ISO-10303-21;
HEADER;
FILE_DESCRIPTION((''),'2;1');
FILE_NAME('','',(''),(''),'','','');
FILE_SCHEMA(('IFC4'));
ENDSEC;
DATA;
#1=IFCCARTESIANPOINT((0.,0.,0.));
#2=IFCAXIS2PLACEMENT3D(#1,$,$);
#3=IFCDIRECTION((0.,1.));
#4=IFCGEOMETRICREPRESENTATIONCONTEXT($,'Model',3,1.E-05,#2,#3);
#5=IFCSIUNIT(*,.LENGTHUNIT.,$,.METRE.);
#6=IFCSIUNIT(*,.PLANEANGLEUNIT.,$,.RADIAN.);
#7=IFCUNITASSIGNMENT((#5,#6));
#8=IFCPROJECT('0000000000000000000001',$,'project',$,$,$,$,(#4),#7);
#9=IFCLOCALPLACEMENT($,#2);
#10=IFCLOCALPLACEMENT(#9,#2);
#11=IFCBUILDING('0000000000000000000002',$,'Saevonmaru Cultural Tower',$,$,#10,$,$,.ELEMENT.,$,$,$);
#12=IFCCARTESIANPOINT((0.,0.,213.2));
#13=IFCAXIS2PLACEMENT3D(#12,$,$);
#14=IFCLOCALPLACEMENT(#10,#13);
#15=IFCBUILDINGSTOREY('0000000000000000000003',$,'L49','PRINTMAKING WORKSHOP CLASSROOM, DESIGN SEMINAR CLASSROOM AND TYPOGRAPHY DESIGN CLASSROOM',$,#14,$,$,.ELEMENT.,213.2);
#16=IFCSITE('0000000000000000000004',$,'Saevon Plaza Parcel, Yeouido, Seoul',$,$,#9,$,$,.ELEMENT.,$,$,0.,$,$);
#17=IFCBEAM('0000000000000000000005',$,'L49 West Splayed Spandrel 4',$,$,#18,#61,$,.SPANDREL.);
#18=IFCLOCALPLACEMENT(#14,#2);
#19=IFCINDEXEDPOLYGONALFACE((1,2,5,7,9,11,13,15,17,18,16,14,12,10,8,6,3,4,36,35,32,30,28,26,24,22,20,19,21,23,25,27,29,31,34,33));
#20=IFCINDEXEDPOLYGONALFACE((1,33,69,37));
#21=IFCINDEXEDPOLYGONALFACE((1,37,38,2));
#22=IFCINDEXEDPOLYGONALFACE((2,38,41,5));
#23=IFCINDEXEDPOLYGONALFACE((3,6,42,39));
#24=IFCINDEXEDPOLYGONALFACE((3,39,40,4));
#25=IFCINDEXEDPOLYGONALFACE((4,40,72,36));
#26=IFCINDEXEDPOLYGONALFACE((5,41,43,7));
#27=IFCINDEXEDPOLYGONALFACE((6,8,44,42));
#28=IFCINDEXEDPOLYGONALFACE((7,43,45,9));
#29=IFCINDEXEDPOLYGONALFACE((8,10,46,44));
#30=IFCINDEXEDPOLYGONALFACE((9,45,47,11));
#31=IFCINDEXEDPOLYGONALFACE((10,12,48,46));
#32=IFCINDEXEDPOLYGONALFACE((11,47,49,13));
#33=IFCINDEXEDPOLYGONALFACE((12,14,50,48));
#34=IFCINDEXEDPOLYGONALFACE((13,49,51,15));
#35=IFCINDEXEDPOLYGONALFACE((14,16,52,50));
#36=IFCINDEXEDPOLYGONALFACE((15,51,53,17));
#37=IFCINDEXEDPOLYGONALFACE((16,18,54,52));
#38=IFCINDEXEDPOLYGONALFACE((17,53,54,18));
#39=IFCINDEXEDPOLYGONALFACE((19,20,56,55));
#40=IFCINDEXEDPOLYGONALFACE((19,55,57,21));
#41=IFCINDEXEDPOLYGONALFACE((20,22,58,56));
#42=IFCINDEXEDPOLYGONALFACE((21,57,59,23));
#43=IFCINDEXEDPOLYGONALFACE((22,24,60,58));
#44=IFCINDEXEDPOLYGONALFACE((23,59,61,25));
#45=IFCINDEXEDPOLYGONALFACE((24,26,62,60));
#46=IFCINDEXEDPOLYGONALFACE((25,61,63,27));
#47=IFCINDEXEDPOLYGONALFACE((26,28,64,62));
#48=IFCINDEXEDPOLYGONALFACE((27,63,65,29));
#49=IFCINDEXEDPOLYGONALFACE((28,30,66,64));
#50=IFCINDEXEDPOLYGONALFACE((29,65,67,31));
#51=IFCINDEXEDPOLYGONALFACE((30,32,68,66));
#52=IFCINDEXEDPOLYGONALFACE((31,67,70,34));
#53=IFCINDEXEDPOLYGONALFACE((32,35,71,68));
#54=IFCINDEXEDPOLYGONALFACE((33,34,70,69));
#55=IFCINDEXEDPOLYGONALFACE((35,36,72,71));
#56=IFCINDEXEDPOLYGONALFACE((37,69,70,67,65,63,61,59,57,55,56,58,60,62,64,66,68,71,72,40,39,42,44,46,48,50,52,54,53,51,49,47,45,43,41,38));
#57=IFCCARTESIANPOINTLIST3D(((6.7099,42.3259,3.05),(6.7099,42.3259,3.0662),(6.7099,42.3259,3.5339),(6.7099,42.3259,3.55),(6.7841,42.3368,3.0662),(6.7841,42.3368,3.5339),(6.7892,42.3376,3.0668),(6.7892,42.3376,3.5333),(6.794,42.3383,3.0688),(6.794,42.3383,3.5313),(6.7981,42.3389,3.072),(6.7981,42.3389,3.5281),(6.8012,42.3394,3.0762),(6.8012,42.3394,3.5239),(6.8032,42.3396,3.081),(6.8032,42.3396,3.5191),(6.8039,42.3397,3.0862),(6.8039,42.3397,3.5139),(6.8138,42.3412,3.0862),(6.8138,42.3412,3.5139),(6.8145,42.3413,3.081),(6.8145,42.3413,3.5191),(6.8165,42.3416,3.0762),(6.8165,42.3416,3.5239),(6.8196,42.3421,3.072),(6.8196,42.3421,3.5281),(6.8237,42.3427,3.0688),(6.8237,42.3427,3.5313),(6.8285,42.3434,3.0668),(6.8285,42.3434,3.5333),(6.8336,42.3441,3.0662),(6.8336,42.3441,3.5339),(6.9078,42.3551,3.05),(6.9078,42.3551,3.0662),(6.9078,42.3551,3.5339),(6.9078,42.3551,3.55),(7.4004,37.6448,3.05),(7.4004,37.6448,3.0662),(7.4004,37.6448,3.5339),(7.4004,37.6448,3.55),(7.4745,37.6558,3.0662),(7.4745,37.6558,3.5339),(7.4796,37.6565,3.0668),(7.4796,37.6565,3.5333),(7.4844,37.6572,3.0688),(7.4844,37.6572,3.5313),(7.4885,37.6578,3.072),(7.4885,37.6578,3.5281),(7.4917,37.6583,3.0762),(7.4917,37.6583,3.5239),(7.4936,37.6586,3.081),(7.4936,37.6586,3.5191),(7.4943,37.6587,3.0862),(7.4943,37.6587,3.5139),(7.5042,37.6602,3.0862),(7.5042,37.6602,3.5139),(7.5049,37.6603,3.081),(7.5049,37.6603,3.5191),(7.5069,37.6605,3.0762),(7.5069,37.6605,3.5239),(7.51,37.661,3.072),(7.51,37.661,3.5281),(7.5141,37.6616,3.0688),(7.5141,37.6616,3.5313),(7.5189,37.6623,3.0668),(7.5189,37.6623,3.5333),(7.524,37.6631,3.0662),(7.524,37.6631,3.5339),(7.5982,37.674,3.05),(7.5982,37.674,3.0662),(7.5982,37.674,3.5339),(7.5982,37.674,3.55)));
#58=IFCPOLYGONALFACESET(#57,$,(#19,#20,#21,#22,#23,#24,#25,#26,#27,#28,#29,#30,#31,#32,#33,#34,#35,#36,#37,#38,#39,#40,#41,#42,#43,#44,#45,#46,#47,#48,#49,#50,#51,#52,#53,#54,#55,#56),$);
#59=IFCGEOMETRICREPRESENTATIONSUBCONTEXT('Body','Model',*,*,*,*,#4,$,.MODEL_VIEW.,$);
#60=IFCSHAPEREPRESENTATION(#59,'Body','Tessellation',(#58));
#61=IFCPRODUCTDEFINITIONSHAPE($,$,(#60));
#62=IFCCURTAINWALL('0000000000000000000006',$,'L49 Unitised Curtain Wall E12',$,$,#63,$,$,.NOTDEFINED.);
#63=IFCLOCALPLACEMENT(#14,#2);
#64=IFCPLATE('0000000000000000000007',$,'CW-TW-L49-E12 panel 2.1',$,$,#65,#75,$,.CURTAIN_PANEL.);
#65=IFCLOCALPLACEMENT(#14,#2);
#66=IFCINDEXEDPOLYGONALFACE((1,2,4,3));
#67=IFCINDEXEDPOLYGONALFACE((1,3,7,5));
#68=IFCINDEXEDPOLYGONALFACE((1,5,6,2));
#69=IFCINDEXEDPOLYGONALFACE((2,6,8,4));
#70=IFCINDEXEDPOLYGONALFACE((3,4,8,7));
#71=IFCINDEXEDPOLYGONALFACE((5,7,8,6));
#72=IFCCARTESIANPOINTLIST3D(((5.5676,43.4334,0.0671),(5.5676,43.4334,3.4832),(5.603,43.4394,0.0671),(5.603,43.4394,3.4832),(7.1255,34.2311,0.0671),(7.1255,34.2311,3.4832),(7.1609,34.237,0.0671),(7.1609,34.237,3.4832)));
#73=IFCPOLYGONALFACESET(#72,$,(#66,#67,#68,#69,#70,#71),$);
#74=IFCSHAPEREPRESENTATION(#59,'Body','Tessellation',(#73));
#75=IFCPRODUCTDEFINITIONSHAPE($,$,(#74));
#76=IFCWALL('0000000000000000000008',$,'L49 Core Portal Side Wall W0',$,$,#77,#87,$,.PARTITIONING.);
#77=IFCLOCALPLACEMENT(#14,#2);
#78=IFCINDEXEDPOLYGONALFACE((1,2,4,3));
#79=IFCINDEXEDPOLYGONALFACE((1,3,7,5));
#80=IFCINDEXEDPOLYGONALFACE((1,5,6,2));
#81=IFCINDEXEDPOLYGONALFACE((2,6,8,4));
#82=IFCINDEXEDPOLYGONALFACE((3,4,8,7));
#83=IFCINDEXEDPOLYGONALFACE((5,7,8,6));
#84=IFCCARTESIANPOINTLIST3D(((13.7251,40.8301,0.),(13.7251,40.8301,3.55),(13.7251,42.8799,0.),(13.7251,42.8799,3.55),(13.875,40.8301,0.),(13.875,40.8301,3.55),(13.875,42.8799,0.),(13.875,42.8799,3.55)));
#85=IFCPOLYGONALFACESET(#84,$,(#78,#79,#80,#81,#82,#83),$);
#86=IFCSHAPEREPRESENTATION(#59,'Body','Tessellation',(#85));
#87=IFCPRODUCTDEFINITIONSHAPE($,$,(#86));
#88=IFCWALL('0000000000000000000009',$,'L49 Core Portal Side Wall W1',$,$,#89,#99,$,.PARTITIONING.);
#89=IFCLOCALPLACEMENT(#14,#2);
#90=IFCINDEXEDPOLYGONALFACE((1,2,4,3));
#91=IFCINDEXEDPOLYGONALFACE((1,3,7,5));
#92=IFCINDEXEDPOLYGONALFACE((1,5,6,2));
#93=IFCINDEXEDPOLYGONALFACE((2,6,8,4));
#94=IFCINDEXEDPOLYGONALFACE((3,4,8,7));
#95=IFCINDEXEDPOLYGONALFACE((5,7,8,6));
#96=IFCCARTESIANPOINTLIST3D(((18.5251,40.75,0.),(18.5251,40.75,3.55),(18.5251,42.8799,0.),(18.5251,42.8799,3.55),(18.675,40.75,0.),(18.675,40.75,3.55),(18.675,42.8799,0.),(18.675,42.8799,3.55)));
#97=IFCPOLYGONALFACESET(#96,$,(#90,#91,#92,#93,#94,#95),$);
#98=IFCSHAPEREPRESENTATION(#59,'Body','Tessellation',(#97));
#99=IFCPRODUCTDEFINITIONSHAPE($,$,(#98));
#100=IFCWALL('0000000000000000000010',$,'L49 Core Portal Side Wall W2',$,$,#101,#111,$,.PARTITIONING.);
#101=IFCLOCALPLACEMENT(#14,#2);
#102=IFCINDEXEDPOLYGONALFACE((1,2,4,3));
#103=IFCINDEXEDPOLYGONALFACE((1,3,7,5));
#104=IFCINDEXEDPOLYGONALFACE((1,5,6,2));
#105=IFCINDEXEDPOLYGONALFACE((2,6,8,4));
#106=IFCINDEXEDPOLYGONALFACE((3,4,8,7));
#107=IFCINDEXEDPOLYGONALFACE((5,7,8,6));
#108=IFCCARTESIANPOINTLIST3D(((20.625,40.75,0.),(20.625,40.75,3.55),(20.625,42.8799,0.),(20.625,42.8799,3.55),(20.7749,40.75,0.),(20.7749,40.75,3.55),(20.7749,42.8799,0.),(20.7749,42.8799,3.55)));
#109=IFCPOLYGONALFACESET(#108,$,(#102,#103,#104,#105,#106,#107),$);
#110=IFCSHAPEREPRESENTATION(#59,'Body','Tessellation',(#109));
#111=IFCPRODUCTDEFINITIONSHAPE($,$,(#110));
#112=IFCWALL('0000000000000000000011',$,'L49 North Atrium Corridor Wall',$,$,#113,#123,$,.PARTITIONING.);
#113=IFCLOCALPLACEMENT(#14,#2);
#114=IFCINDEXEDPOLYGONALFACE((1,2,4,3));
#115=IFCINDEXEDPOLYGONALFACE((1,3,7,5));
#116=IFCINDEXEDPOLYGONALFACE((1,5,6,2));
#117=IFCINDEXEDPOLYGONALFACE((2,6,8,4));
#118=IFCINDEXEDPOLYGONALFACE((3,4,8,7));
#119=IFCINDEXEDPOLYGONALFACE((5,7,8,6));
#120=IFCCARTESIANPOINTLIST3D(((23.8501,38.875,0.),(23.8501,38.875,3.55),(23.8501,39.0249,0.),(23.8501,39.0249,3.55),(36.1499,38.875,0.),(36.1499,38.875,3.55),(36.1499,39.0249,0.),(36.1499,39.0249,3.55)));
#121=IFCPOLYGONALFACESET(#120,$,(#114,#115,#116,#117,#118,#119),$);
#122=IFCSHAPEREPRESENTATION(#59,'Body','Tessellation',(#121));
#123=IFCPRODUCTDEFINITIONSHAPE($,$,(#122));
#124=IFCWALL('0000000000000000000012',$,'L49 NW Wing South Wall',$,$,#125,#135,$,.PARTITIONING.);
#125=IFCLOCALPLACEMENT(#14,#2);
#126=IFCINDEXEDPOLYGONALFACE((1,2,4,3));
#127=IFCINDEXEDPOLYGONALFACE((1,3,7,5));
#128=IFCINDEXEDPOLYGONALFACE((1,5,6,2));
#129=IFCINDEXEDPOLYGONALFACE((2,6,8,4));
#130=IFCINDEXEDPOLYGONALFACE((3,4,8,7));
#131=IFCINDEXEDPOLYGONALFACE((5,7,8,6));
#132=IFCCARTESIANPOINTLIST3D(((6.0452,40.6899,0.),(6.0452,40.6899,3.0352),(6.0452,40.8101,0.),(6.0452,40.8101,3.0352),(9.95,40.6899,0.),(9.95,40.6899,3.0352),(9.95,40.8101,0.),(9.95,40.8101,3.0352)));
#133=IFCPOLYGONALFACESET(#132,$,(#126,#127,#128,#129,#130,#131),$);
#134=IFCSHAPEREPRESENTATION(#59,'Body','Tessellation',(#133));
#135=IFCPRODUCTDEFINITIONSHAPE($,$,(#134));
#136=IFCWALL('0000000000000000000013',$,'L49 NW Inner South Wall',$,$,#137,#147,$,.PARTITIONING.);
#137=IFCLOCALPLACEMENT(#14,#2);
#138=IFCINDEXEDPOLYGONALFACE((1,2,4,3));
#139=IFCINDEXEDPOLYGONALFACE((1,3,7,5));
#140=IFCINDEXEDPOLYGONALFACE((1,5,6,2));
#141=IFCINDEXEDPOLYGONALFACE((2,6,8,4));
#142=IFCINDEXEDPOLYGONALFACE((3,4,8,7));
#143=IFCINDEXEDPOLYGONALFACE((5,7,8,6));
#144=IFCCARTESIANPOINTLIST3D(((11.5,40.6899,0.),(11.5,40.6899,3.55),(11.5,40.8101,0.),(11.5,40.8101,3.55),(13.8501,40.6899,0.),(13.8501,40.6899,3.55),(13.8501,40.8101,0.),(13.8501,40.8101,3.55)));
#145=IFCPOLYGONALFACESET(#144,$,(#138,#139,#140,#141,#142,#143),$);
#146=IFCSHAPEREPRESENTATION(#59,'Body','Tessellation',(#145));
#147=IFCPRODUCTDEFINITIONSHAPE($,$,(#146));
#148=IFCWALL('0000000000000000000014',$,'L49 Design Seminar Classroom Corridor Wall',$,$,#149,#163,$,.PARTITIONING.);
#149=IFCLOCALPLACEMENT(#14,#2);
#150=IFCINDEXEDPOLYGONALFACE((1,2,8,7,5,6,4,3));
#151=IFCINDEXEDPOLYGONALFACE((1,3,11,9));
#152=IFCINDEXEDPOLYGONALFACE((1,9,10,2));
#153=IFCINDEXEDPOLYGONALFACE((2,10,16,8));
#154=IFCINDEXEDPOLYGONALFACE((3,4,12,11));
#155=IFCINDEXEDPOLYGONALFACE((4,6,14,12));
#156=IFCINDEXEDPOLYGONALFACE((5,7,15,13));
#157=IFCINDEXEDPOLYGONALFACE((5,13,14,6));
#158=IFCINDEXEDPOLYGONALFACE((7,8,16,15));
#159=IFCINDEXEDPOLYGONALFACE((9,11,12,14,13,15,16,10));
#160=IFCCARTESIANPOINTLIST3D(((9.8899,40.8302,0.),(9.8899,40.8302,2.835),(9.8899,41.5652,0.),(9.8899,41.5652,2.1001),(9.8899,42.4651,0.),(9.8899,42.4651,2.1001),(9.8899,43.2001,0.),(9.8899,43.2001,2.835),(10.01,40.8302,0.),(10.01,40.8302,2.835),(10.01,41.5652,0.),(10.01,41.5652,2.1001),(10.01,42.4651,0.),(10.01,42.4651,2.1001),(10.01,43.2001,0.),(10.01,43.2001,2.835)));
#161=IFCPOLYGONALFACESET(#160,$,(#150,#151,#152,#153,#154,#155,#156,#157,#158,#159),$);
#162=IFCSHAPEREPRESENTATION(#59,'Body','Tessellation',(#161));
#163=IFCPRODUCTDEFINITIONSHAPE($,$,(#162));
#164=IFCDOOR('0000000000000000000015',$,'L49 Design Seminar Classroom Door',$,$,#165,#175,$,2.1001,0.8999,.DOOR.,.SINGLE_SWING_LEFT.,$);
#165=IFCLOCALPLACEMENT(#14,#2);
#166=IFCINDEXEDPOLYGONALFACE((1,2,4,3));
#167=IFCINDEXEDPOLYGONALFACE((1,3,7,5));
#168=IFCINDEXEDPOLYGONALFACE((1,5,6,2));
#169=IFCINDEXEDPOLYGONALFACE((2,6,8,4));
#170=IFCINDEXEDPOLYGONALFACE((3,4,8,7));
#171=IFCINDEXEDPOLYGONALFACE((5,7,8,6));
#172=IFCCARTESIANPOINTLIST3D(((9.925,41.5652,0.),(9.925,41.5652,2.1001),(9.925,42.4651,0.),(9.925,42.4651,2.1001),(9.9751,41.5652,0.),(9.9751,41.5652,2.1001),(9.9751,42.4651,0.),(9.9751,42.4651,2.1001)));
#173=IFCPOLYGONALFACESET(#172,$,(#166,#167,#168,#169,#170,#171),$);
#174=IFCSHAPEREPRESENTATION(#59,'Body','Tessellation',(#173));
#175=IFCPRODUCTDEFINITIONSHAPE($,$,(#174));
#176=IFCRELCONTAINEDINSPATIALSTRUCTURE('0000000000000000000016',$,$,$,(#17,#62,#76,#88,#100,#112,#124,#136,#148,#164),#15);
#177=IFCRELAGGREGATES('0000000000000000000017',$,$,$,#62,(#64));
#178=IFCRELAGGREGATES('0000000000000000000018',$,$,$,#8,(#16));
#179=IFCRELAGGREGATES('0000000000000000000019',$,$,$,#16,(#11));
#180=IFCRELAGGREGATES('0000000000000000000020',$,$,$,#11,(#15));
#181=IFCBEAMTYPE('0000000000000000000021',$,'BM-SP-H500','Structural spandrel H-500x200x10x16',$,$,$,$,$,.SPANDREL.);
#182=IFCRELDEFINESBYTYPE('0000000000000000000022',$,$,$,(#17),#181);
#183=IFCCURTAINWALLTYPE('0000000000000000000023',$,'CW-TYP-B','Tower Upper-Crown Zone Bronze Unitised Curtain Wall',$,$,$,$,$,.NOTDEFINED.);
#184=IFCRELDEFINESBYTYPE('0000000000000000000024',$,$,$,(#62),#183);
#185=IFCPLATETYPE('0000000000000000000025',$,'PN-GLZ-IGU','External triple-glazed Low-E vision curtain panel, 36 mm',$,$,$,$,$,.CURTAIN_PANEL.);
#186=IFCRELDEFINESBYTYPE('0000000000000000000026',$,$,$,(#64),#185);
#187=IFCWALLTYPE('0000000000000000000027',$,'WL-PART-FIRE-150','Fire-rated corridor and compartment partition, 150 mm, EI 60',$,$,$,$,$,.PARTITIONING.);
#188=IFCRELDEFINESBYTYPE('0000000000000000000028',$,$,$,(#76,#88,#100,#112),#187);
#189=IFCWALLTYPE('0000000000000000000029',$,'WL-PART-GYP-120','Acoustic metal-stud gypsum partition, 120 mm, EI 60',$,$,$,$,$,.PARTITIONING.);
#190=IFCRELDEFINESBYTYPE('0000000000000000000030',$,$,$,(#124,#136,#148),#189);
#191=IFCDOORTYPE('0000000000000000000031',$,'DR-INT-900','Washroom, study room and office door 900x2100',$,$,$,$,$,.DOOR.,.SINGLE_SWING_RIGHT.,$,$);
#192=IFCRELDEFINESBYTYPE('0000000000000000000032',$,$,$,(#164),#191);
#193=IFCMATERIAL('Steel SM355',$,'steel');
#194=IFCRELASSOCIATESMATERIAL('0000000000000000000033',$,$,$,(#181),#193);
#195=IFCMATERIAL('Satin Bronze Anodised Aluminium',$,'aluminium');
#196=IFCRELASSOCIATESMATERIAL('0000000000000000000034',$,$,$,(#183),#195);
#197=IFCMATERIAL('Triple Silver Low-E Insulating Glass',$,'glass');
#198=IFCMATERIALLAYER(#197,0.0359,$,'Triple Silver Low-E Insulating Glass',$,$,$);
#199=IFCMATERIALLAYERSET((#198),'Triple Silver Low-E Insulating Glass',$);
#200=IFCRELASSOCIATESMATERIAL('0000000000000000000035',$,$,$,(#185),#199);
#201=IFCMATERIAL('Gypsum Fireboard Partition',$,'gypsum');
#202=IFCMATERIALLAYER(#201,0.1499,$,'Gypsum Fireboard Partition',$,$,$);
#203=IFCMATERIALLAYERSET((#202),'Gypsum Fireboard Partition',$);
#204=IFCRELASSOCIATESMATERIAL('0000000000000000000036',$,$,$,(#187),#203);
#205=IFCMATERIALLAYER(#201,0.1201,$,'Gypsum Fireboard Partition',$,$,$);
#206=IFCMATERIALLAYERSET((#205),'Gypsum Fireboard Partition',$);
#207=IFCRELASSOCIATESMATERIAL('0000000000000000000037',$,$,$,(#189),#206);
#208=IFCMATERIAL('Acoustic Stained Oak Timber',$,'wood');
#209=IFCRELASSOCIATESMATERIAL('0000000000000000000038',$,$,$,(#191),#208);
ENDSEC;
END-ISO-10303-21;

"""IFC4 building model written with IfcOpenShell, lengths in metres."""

from ifc_helpers import new_model, si_unit, direction, frame, frame_2d, origin, origin_2d, place, context, subcontext, project, spatial, rectangle, i_section, extrude, material, layer, layer_set, material_profile, profile_set, type_object, element, fill, aggregate, save


model = new_model("IFC4")

# Units and contexts
model_context = context("Model", 3, precision=1e-05, world=origin(), true_north=direction((0.0, 1.0)))
body_context = subcontext(model_context, "Body", "Model", "MODEL_VIEW")
ifc_project = project(units=[si_unit("LENGTHUNIT", "METRE"), si_unit("PLANEANGLEUNIT", "RADIAN")], contexts=[model_context])

# Site, building, storey
site_placement = place(None, origin())
site = spatial("IfcSite", under=ifc_project, at=site_placement, Name="Saevon Plaza Parcel, Yeouido, Seoul", CompositionType="ELEMENT", RefElevation=0.0)
building_placement = place(site_placement, origin())
building = spatial("IfcBuilding", under=site, at=building_placement, Name="Saevonmaru Cultural Tower", CompositionType="ELEMENT")
storey_placement = place(building_placement, frame((0.0, 0.0, 213.2)))
storey = spatial("IfcBuildingStorey", under=building, at=storey_placement, Name="L49", Description="PRINTMAKING WORKSHOP CLASSROOM, DESIGN SEMINAR CLASSROOM AND TYPOGRAPHY DESIGN CLASSROOM", CompositionType="ELEMENT", Elevation=213.2)

# Shared definitions
ifc_material_1 = material(Name="Steel SM355", Category="steel")

# Beam
ifc_material_profile_1 = material_profile(ifc_material_1, i_section(OverallWidth=0.2, OverallDepth=0.5, WebThickness=0.01, FlangeThickness=0.0161, FilletRadius=0.02, at=origin_2d()), Name="H-500x200x10x16")
ifc_profile_set_1 = profile_set([ifc_material_profile_1], Name="Steel SM355")
beam_type_1 = type_object("IfcBeamType", Name="BM-SP-H500", Description="Structural spandrel H-500x200x10x16", PredefinedType="SPANDREL", material=ifc_profile_set_1)
beam_1_placement = place(storey_placement, frame((7.4993, 37.6594, 3.3), z_axis=(-0.145913, 0.989297, 0.0), x_axis=(-0.989297, -0.145913, 0.0)))
element("IfcBeam", 1, at=beam_1_placement, inside=storey, type_object=beam_type_1, Name="L49 West Splayed Spandrel 4", PredefinedType="SPANDREL", context=body_context, shape_type="SweptSolid", body=[
    extrude(i_section(OverallWidth=0.2, OverallDepth=0.5, WebThickness=0.01, FlangeThickness=0.0161, FilletRadius=0.02, at=origin_2d()), origin(), (0.0, 0.0, 1.0), 4.7317),
])

# Curtain wall, plate
ifc_material_2 = material(Name="Satin Bronze Anodised Aluminium", Category="aluminium")
curtain_wall_type = type_object("IfcCurtainWallType", Name="CW-TYP-B", Description="Tower Upper-Crown Zone Bronze Unitised Curtain Wall", PredefinedType="NOTDEFINED", material=ifc_material_2)
curtain_wall_placement = place(storey_placement, origin())
curtain_wall = element("IfcCurtainWall", 2, at=curtain_wall_placement, inside=storey, type_object=curtain_wall_type, Name="L49 Unitised Curtain Wall E12", PredefinedType="NOTDEFINED")
ifc_material_3 = material(Name="Triple Silver Low-E Insulating Glass", Category="glass")
ifc_layer_1 = layer(ifc_material_3, 0.0359, Name="Triple Silver Low-E Insulating Glass")
ifc_layer_set_1 = layer_set([ifc_layer_1], Name="Triple Silver Low-E Insulating Glass")
plate_type = type_object("IfcPlateType", Name="PN-GLZ-IGU", Description="External triple-glazed Low-E vision curtain panel, 36 mm", PredefinedType="CURTAIN_PANEL", material=ifc_layer_set_1)
plate_placement = place(storey_placement, frame((6.3643, 38.8352, 0.0671), z_axis=(0.0, 0.0, 1.0), x_axis=(0.166922, -0.98597, 0.0)))
plate = element("IfcPlate", 3, at=plate_placement, type_object=plate_type, Name="CW-TW-L49-E12 panel 2.1", PredefinedType="CURTAIN_PANEL", context=body_context, shape_type="SweptSolid", body=[
    extrude(rectangle(XDim=9.3333, YDim=0.0359, at=origin_2d()), origin(), (0.0, 0.0, 1.0), 3.416),
])
aggregate(curtain_wall, [plate])

# Walls
ifc_material_4 = material(Name="Gypsum Fireboard Partition", Category="gypsum")
ifc_layer_2 = layer(ifc_material_4, 0.1499, Name="Gypsum Fireboard Partition")
ifc_layer_set_2 = layer_set([ifc_layer_2], Name="Gypsum Fireboard Partition")
wall_type_1 = type_object("IfcWallType", Name="WL-PART-FIRE-150", Description="Fire-rated corridor and compartment partition, 150 mm, EI 60", PredefinedType="PARTITIONING", material=ifc_layer_set_2)
wall_1_placement = place(storey_placement, frame((13.8, 40.8301, 0.0), z_axis=(0.0, 0.0, 1.0), x_axis=(0.0, 1.0, 0.0)))
element("IfcWall", 4, at=wall_1_placement, inside=storey, type_object=wall_type_1, Name="L49 Core Portal Side Wall W0", PredefinedType="PARTITIONING", context=body_context, shape_type="SweptSolid", body=[
    extrude(rectangle(XDim=2.0498, YDim=0.1499, at=frame_2d((1.0249, 0.0))), origin(), (0.0, 0.0, 1.0), 3.55),
])
for number, where, z_axis, x_axis, name in (
    (5, (18.6001, 40.75, 0.0), (0.0, 0.0, 1.0), (0.0, 1.0, 0.0), "L49 Core Portal Side Wall W1"),
    (6, (20.7, 40.75, 0.0), (0.0, 0.0, 1.0), (0.0, 1.0, 0.0), "L49 Core Portal Side Wall W2"),
):
    element("IfcWall", number, at=place(storey_placement, frame(where, z_axis=z_axis, x_axis=x_axis)), inside=storey, type_object=wall_type_1, Name=name, PredefinedType="PARTITIONING", context=body_context, shape_type="SweptSolid", body=[
        extrude(rectangle(XDim=2.1299, YDim=0.1499, at=frame_2d((1.0649, 0.0))), origin(), (0.0, 0.0, 1.0), 3.55),
    ])
wall_2_placement = place(storey_placement, frame((23.8501, 38.95, 0.0), z_axis=(0.0, 0.0, 1.0), x_axis=(1.0, 0.0, 0.0)))
element("IfcWall", 7, at=wall_2_placement, inside=storey, type_object=wall_type_1, Name="L49 North Atrium Corridor Wall", PredefinedType="PARTITIONING", context=body_context, shape_type="SweptSolid", body=[
    extrude(rectangle(XDim=12.2998, YDim=0.1499, at=frame_2d((6.1499, 0.0))), origin(), (0.0, 0.0, 1.0), 3.55),
])
ifc_layer_3 = layer(ifc_material_4, 0.1201, Name="Gypsum Fireboard Partition")
ifc_layer_set_3 = layer_set([ifc_layer_3], Name="Gypsum Fireboard Partition")
wall_type_2 = type_object("IfcWallType", Name="WL-PART-GYP-120", Description="Acoustic metal-stud gypsum partition, 120 mm, EI 60", PredefinedType="PARTITIONING", material=ifc_layer_set_3)
wall_3_placement = place(storey_placement, frame((6.0452, 40.75, 0.0), z_axis=(0.0, 0.0, 1.0), x_axis=(1.0, 0.0, 0.0)))
element("IfcWall", 8, at=wall_3_placement, inside=storey, type_object=wall_type_2, Name="L49 NW Wing South Wall", PredefinedType="PARTITIONING", context=body_context, shape_type="SweptSolid", body=[
    extrude(rectangle(XDim=3.9048, YDim=0.1201, at=frame_2d((1.9524, 0.0))), origin(), (0.0, 0.0, 1.0), 3.0352),
])
wall_4_placement = place(storey_placement, frame((11.5, 40.75, 0.0), z_axis=(0.0, 0.0, 1.0), x_axis=(1.0, 0.0, 0.0)))
element("IfcWall", 9, at=wall_4_placement, inside=storey, type_object=wall_type_2, Name="L49 NW Inner South Wall", PredefinedType="PARTITIONING", context=body_context, shape_type="SweptSolid", body=[
    extrude(rectangle(XDim=2.3501, YDim=0.1201, at=frame_2d((1.175, 0.0))), origin(), (0.0, 0.0, 1.0), 3.55),
])

# Wall, opening, door
wall_5_placement = place(storey_placement, frame((9.95, 40.8301, 0.0), z_axis=(0.0, 0.0, 1.0), x_axis=(0.0, 1.0, 0.0)))
wall_5 = element("IfcWall", 10, at=wall_5_placement, inside=storey, type_object=wall_type_2, Name="L49 Design Seminar Classroom Corridor Wall", PredefinedType="PARTITIONING", context=body_context, shape_type="SweptSolid", body=[
    extrude(rectangle(XDim=2.3699, YDim=0.1201, at=frame_2d((1.1851, 0.0))), origin(), (0.0, 0.0, 1.0), 2.835),
])
opening_1_placement = place(wall_5_placement, frame((0.7351, 0.0, 0.0)))
opening_1 = element("IfcOpeningElement", 11, at=opening_1_placement, cuts=wall_5, PredefinedType="OPENING", context=body_context, shape_type="SweptSolid", body=[
    extrude(rectangle(XDim=0.8999, YDim=2.1001, at=frame_2d((0.45, 1.05))), frame((0.0, 0.0701, 0.0), z_axis=(0.0, -1.0, 0.0), x_axis=(1.0, 0.0, 0.0)), (0.0, 0.0, 1.0), 0.1401),
])
ifc_material_5 = material(Name="Acoustic Stained Oak Timber", Category="wood")
door_type = type_object("IfcDoorType", Name="DR-INT-900", Description="Washroom, study room and office door 900x2100", OperationType="SINGLE_SWING_RIGHT", PredefinedType="DOOR", material=ifc_material_5)
door_1_placement = place(opening_1_placement, origin())
door_1 = element("IfcDoor", 12, at=door_1_placement, inside=storey, type_object=door_type, Name="L49 Design Seminar Classroom Door", OperationType="SINGLE_SWING_LEFT", OverallHeight=2.1001, OverallWidth=0.8999, PredefinedType="DOOR", context=body_context, shape_type="SweptSolid", body=[
    extrude(rectangle(XDim=0.8999, YDim=2.1001, at=frame_2d((0.45, 1.05))), frame((0.0, 0.0249, 0.0), z_axis=(0.0, -1.0, 0.0), x_axis=(1.0, 0.0, 0.0)), (0.0, 0.0, 1.0), 0.05),
])
fill(opening_1, door_1)

save(model, "model.ifc")
